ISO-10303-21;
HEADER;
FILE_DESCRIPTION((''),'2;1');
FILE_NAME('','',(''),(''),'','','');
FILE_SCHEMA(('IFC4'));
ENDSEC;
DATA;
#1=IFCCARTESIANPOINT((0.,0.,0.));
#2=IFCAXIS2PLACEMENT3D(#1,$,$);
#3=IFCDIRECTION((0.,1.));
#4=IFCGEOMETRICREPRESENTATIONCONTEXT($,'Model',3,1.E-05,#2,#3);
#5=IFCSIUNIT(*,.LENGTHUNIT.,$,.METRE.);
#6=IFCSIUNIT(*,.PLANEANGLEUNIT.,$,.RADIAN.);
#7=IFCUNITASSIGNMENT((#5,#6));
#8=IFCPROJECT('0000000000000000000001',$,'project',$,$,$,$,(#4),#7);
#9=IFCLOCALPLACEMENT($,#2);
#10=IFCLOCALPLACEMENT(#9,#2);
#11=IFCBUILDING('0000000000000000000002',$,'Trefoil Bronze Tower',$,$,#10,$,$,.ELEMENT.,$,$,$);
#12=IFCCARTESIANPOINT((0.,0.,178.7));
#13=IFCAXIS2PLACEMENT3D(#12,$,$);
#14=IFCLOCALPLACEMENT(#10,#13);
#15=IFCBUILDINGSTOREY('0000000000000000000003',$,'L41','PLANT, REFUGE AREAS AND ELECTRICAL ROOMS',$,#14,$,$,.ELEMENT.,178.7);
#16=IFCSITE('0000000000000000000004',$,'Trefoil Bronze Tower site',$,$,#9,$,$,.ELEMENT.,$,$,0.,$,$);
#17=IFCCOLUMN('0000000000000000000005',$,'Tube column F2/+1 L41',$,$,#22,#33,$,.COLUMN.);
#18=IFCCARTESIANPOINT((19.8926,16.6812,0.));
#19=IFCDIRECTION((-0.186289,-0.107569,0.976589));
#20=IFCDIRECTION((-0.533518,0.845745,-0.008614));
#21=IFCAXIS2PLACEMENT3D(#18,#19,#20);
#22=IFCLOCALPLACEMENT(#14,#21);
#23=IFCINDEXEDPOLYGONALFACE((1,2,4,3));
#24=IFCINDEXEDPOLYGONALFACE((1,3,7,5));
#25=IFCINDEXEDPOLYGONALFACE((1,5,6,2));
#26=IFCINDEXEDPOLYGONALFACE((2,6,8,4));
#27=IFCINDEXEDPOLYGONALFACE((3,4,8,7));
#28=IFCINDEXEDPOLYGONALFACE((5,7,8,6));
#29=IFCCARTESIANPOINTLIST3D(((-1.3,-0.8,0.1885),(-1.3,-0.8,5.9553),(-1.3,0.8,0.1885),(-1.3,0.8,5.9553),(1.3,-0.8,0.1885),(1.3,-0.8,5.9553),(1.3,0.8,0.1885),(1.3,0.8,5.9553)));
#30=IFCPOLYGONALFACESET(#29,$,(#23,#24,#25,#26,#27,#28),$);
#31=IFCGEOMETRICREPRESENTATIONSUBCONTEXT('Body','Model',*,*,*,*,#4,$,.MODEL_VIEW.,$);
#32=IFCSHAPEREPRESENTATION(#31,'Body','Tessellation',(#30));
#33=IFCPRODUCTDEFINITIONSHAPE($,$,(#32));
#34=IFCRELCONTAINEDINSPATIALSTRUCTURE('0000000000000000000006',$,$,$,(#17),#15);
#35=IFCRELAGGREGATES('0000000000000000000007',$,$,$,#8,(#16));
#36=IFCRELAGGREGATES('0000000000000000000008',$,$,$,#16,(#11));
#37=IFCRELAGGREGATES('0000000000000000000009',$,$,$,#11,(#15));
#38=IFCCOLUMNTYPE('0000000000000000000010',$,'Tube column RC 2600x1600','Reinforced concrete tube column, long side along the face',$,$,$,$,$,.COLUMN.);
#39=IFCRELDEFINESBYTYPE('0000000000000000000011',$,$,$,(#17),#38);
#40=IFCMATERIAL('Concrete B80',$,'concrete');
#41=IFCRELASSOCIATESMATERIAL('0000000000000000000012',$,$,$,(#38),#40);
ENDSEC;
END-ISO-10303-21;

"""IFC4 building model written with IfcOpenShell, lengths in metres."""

from ifc_helpers import new_model, si_unit, direction, frame, origin, origin_2d, place, context, subcontext, project, spatial, rectangle, extrude, clip, halfspace, material, material_profile, profile_set, type_object, element, save


model = new_model("IFC4")

# Units and contexts
model_context = context("Model", 3, precision=1e-05, world=origin(), true_north=direction((0.0, 1.0)))
body_context = subcontext(model_context, "Body", "Model", "MODEL_VIEW")
ifc_project = project(units=[si_unit("LENGTHUNIT", "METRE"), si_unit("PLANEANGLEUNIT", "RADIAN")], contexts=[model_context])

# Site, building, storey
site_placement = place(None, origin())
site = spatial("IfcSite", under=ifc_project, at=site_placement, Name="Trefoil Bronze Tower site", CompositionType="ELEMENT", RefElevation=0.0)
building_placement = place(site_placement, origin())
building = spatial("IfcBuilding", under=site, at=building_placement, Name="Trefoil Bronze Tower", CompositionType="ELEMENT")
storey_placement = place(building_placement, frame((0.0, 0.0, 178.7)))
storey = spatial("IfcBuildingStorey", under=building, at=storey_placement, Name="L41", Description="PLANT, REFUGE AREAS AND ELECTRICAL ROOMS", CompositionType="ELEMENT", Elevation=178.7)

# Column
ifc_material_1 = material(Name="Concrete B80", Category="concrete")
ifc_material_profile_1 = material_profile(ifc_material_1, rectangle(XDim=2.6001, YDim=1.6001, at=origin_2d()), Name="RC 2600x1600")
ifc_profile_set_1 = profile_set([ifc_material_profile_1], Name="Concrete B80")
column_type = type_object("IfcColumnType", Name="Tube column RC 2600x1600", Description="Reinforced concrete tube column, long side along the face", PredefinedType="COLUMN", material=ifc_profile_set_1)
column_placement = place(storey_placement, frame((19.8926, 16.6812, 0.0), z_axis=(-0.186289, -0.107569, 0.976589), x_axis=(-0.533518, 0.845745, -0.008614)))
element("IfcColumn", 1, at=column_placement, inside=storey, type_object=column_type, Name="Tube column F2/+1 L41", PredefinedType="COLUMN", context=body_context, shape_type="Clipping", body=[
    clip(clip(extrude(rectangle(XDim=2.6001, YDim=1.6001, at=origin_2d()), origin(), (0.0, 0.0, 1.0), 6.1438), halfspace(frame((0.0, 0.0, 0.1885), z_axis=(0.000013, 0.000002, 1.0), x_axis=(0.0, 1.0, -0.000002)), True)), halfspace(frame((0.0, 0.0, 5.9553), z_axis=(-0.000013, -0.000002, -1.0), x_axis=(0.0, -1.0, 0.000002)), True)),
])

save(model, "model.ifc")
